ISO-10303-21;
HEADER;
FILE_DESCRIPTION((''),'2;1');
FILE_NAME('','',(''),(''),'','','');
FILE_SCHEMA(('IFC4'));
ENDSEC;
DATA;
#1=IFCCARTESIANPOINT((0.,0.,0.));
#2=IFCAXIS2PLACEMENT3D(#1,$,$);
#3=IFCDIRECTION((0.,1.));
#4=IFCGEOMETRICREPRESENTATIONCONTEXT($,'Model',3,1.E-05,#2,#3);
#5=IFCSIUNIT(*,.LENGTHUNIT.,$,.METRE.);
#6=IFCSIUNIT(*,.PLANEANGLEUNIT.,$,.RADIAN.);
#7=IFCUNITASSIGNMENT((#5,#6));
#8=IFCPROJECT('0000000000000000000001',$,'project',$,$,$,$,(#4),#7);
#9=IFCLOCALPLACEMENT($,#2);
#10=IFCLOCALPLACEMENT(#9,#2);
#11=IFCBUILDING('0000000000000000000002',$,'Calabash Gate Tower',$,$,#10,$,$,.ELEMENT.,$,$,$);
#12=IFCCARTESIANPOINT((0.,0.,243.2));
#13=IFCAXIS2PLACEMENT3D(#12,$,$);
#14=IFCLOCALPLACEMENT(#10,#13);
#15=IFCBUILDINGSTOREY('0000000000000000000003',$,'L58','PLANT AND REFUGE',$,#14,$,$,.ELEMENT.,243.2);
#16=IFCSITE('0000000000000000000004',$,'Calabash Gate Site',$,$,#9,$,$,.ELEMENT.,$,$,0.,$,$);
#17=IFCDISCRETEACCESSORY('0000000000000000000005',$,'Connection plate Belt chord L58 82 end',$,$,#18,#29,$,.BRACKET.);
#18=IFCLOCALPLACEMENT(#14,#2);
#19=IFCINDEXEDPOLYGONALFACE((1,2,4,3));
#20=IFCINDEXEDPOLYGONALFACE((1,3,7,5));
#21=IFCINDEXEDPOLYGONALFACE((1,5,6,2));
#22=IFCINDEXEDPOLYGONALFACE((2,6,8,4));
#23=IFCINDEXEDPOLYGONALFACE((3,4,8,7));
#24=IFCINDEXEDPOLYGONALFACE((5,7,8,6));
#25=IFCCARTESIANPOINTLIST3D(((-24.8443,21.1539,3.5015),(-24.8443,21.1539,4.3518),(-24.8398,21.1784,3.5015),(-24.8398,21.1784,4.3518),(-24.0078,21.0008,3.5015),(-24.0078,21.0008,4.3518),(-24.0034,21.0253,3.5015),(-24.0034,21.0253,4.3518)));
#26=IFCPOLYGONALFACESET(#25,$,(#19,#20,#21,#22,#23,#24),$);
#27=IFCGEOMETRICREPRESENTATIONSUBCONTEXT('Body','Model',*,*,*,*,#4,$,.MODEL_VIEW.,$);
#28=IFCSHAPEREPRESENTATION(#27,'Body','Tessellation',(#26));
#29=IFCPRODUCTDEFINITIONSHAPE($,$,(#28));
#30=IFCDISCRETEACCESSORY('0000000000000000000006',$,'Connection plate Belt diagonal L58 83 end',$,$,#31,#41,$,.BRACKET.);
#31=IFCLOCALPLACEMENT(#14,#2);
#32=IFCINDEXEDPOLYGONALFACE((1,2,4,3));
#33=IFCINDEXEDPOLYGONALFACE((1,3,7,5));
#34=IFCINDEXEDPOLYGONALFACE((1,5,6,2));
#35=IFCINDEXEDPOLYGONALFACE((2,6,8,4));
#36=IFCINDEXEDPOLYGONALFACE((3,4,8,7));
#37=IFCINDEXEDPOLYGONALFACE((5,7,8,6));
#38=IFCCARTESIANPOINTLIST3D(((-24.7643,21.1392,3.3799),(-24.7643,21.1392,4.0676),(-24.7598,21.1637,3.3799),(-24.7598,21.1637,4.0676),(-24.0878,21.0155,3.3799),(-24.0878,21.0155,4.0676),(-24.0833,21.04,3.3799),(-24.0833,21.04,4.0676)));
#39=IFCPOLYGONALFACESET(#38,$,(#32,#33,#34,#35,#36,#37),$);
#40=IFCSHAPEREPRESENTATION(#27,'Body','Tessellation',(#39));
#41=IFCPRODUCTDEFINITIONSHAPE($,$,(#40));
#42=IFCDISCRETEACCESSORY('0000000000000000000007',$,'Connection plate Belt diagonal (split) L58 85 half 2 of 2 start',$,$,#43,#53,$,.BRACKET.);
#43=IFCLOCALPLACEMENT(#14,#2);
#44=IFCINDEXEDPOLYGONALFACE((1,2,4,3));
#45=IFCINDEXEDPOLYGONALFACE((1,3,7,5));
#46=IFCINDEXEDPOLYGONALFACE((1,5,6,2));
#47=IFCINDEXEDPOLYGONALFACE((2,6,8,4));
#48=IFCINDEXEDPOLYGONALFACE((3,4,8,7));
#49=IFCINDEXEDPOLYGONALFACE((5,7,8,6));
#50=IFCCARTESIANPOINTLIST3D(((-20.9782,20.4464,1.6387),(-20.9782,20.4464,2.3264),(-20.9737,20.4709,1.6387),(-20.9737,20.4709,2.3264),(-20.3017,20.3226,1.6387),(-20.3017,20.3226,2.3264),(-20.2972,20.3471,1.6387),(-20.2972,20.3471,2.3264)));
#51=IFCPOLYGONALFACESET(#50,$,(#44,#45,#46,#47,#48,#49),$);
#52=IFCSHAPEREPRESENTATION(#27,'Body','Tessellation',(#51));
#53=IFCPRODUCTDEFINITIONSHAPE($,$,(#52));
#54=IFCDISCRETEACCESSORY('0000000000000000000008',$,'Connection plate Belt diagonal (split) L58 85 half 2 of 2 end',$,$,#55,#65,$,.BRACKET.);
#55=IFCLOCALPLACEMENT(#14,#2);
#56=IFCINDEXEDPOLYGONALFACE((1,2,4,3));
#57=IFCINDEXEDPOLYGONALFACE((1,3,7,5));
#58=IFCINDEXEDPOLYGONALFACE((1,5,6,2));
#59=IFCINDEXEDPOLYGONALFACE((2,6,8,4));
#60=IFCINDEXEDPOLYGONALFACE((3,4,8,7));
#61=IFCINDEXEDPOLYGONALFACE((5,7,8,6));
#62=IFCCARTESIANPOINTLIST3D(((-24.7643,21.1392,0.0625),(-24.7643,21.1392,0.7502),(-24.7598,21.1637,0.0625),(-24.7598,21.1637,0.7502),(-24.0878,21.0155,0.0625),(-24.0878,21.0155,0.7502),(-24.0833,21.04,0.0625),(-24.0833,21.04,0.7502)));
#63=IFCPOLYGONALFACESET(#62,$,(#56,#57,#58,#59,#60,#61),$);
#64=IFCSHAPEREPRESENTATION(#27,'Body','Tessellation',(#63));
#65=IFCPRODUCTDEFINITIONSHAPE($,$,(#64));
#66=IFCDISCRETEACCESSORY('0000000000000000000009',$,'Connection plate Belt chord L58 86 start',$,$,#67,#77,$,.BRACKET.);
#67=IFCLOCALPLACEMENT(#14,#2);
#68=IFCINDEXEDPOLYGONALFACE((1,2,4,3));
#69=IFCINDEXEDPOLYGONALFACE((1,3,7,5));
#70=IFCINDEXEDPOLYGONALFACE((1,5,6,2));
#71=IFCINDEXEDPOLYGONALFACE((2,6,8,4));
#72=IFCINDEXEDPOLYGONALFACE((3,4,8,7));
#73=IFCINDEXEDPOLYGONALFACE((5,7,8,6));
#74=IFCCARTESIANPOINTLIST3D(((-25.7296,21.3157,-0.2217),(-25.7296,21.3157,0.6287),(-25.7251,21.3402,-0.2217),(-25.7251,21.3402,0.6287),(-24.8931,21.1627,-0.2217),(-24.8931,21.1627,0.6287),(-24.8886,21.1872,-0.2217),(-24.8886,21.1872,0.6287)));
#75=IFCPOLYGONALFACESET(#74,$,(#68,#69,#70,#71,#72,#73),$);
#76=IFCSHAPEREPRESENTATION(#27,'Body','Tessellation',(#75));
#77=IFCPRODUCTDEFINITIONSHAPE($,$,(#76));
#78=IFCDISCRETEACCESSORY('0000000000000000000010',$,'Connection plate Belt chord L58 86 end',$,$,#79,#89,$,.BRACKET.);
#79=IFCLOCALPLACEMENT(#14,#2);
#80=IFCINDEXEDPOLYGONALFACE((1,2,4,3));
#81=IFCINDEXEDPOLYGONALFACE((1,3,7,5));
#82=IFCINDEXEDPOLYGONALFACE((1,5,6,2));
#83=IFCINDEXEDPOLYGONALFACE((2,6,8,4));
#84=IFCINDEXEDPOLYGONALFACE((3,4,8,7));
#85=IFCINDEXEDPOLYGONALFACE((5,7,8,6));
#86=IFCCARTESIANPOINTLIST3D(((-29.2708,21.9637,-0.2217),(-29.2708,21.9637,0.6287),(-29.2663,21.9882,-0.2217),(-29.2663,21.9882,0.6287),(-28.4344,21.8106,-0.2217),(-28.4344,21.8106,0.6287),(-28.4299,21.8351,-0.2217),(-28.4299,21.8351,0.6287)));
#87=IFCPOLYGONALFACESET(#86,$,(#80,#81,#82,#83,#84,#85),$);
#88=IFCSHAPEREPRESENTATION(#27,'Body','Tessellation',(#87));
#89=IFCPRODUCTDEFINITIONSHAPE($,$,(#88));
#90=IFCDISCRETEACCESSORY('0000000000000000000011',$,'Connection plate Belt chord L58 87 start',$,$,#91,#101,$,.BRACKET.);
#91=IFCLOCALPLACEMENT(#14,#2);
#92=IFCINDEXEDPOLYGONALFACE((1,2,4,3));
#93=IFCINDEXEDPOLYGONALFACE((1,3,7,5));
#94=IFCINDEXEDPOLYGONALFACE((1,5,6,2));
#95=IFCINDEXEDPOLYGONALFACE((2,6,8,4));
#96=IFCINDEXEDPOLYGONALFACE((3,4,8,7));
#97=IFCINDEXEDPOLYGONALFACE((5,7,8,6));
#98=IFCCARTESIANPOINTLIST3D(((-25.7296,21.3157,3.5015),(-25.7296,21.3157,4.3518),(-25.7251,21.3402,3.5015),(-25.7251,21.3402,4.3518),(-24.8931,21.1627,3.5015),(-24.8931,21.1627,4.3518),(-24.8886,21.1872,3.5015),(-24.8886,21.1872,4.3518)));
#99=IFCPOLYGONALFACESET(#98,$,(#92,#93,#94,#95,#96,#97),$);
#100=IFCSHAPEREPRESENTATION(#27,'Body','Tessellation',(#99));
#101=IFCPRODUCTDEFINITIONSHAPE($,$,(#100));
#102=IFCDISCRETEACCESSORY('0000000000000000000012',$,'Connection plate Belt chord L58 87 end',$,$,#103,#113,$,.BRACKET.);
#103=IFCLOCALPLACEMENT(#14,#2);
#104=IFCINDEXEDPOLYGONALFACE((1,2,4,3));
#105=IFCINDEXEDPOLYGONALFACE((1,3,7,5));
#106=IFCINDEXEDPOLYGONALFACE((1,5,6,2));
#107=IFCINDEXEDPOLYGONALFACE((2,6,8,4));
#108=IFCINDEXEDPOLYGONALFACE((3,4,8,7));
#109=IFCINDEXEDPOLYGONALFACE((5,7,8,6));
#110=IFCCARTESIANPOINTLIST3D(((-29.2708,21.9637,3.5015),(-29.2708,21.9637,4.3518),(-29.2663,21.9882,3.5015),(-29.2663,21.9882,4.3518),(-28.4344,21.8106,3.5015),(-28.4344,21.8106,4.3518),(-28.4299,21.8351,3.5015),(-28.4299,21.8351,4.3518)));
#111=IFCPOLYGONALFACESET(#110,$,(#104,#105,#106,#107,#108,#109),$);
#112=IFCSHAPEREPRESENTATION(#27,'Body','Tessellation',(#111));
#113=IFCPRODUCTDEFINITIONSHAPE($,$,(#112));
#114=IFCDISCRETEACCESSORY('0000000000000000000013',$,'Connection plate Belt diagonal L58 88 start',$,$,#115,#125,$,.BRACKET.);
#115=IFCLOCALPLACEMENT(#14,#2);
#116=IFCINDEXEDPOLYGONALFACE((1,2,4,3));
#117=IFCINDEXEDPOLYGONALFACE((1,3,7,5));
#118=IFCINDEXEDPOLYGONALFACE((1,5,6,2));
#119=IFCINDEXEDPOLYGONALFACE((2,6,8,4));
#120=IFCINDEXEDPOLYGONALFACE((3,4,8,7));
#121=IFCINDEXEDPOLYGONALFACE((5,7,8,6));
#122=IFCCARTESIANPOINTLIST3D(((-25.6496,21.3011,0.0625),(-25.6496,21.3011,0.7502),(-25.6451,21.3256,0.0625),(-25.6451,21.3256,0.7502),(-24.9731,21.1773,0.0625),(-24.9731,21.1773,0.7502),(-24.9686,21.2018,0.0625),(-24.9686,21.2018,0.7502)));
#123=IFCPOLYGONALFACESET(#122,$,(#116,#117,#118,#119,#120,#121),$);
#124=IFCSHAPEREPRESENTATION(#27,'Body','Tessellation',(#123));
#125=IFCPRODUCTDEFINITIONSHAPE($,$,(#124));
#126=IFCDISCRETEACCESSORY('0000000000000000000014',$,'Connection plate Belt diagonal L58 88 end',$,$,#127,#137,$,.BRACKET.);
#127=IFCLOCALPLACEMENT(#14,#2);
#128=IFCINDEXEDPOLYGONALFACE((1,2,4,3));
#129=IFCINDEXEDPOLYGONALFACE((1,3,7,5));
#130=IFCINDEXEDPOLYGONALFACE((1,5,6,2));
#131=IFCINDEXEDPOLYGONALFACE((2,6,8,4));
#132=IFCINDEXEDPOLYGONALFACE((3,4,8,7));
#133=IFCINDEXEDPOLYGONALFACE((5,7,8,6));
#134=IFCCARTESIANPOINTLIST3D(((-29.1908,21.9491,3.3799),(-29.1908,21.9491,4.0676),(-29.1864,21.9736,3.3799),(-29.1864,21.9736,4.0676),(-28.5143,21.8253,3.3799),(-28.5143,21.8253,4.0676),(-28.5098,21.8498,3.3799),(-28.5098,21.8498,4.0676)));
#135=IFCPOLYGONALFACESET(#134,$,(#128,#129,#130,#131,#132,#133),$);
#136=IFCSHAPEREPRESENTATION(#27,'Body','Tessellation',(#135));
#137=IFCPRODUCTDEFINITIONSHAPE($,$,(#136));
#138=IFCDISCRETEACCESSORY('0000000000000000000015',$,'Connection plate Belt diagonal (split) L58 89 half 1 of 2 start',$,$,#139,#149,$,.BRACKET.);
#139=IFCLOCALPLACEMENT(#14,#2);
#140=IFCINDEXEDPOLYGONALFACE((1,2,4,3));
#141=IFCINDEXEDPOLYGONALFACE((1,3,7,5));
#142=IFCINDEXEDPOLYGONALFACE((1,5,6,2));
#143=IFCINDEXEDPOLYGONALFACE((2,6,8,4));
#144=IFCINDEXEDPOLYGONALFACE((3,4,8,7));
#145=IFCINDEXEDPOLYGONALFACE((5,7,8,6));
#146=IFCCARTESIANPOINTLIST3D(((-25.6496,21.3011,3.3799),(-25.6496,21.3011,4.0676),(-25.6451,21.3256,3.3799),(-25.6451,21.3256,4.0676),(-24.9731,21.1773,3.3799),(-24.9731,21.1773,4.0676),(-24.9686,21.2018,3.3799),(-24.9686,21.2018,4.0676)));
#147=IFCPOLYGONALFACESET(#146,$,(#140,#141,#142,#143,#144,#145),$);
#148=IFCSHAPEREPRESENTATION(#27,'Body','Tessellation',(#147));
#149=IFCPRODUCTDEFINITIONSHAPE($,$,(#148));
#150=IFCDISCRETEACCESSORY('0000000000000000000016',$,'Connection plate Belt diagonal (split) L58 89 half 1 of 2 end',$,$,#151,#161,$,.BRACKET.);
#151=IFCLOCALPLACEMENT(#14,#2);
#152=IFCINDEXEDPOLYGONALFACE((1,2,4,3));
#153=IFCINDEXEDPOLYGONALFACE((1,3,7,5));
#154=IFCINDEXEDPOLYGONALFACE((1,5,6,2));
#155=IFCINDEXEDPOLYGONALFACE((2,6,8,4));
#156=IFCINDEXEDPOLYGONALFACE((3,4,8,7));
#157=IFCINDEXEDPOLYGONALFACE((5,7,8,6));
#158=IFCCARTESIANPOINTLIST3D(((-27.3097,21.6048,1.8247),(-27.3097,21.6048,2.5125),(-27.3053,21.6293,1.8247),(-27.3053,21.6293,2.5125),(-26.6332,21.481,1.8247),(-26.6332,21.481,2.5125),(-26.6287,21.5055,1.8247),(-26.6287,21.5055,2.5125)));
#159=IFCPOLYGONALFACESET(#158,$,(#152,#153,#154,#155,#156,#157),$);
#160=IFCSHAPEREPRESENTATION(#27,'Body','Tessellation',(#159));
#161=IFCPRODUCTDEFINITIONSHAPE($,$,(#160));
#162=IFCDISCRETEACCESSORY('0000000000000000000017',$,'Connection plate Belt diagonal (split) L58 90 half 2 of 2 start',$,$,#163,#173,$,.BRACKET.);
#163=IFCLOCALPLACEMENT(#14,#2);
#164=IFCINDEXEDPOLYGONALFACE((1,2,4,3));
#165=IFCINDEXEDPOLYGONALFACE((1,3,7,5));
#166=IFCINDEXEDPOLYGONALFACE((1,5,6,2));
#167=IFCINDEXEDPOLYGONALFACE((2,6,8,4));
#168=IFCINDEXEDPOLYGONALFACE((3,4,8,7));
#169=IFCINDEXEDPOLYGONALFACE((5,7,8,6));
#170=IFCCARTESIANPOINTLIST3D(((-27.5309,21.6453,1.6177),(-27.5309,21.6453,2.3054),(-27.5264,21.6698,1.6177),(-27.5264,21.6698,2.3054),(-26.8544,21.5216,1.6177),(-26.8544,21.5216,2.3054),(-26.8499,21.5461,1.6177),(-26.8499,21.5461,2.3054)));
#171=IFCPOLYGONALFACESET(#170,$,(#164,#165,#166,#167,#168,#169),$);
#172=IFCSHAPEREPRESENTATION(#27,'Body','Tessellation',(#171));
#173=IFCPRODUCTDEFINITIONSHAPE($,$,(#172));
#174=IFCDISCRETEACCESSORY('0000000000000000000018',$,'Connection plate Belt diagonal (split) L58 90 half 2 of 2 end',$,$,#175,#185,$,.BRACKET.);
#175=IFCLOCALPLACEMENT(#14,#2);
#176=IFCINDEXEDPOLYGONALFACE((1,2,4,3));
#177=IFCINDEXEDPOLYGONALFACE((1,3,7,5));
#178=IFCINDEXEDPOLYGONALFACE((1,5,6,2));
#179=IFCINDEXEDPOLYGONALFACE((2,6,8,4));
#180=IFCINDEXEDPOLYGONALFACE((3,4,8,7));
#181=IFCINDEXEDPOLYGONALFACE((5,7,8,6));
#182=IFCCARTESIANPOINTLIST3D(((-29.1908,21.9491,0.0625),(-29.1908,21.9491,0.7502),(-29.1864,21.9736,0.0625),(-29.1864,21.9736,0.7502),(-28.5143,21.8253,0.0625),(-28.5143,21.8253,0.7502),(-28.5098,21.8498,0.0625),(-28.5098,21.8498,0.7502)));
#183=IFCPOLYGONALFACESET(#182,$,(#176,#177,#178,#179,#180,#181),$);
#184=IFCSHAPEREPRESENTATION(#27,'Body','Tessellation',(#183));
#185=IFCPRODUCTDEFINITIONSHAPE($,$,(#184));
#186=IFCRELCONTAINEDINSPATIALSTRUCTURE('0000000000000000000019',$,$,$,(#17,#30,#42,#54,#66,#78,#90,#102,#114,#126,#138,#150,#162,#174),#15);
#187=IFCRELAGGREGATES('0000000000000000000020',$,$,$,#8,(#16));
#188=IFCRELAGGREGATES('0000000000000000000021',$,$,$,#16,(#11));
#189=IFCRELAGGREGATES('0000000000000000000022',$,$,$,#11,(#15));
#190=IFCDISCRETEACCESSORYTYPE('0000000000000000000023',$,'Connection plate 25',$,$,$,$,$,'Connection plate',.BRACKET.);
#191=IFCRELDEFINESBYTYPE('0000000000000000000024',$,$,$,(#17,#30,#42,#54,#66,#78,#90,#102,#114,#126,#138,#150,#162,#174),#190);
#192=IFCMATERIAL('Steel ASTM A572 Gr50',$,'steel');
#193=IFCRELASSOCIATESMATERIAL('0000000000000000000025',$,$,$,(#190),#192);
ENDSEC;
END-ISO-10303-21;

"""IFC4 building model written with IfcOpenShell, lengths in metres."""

from ifc_helpers import new_model, si_unit, direction, frame, origin, origin_2d, place, context, subcontext, project, spatial, rectangle, extrude, material, type_object, element, save


model = new_model("IFC4")

# Units and contexts
model_context = context("Model", 3, precision=1e-05, world=origin(), true_north=direction((0.0, 1.0)))
body_context = subcontext(model_context, "Body", "Model", "MODEL_VIEW")
ifc_project = project(units=[si_unit("LENGTHUNIT", "METRE"), si_unit("PLANEANGLEUNIT", "RADIAN")], contexts=[model_context])

# Site, building, storey
site_placement = place(None, origin())
site = spatial("IfcSite", under=ifc_project, at=site_placement, Name="Calabash Gate Site", CompositionType="ELEMENT", RefElevation=0.0)
building_placement = place(site_placement, origin())
building = spatial("IfcBuilding", under=site, at=building_placement, Name="Calabash Gate Tower", CompositionType="ELEMENT")
storey_placement = place(building_placement, frame((0.0, 0.0, 243.2)))
storey = spatial("IfcBuildingStorey", under=building, at=storey_placement, Name="L58", Description="PLANT AND REFUGE", CompositionType="ELEMENT", Elevation=243.2)

# Discrete accessories
ifc_material_1 = material(Name="Steel ASTM A572 Gr50", Category="steel")
discrete_accessory_type = type_object("IfcDiscreteAccessoryType", Name="Connection plate 25", ElementType="Connection plate", PredefinedType="BRACKET", material=ifc_material_1)
for number, where, z_axis, x_axis, name in (
    (1, (-24.4238, 21.0896, 3.5015), (0.0, 0.0, 1.0), (-0.98367, 0.179982, 0.0), "Connection plate Belt chord L58 82 end"),
):
    element("IfcDiscreteAccessory", number, at=place(storey_placement, frame(where, z_axis=z_axis, x_axis=x_axis)), inside=storey, type_object=discrete_accessory_type, Name=name, PredefinedType="BRACKET", context=body_context, shape_type="SweptSolid", body=[
        extrude(rectangle(XDim=0.8503, YDim=0.0249, at=origin_2d()), origin(), (0.0, 0.0, 1.0), 0.8503),
    ])
for number, where, z_axis, x_axis, name in (
    (2, (-24.4238, 21.0896, 3.3799), (0.0, 0.0, 1.0), (-0.98367, 0.179982, 0.0), "Connection plate Belt diagonal L58 83 end"),
    (3, (-20.6377, 20.3967, 1.6387), (0.0, 0.0, 1.0), (-0.98367, 0.179982, 0.0), "Connection plate Belt diagonal (split) L58 85 half 2 of 2 start"),
    (4, (-24.4238, 21.0896, 0.0625), (0.0, 0.0, 1.0), (-0.98367, 0.179982, 0.0), "Connection plate Belt diagonal (split) L58 85 half 2 of 2 end"),
):
    element("IfcDiscreteAccessory", number, at=place(storey_placement, frame(where, z_axis=z_axis, x_axis=x_axis)), inside=storey, type_object=discrete_accessory_type, Name=name, PredefinedType="BRACKET", context=body_context, shape_type="SweptSolid", body=[
        extrude(rectangle(XDim=0.6877, YDim=0.0249, at=origin_2d()), origin(), (0.0, 0.0, 1.0), 0.6877),
    ])
for number, where, z_axis, x_axis, name in (
    (5, (-25.3091, 21.2515, -0.2217), (0.0, 0.0, 1.0), (-0.98367, 0.179982, 0.0), "Connection plate Belt chord L58 86 start"),
    (6, (-28.8503, 21.8994, -0.2217), (0.0, 0.0, 1.0), (-0.98367, 0.179982, 0.0), "Connection plate Belt chord L58 86 end"),
    (7, (-25.3091, 21.2515, 3.5015), (0.0, 0.0, 1.0), (-0.98367, 0.179982, 0.0), "Connection plate Belt chord L58 87 start"),
    (8, (-28.8503, 21.8994, 3.5015), (0.0, 0.0, 1.0), (-0.98367, 0.179982, 0.0), "Connection plate Belt chord L58 87 end"),
):
    element("IfcDiscreteAccessory", number, at=place(storey_placement, frame(where, z_axis=z_axis, x_axis=x_axis)), inside=storey, type_object=discrete_accessory_type, Name=name, PredefinedType="BRACKET", context=body_context, shape_type="SweptSolid", body=[
        extrude(rectangle(XDim=0.8503, YDim=0.0249, at=origin_2d()), origin(), (0.0, 0.0, 1.0), 0.8503),
    ])
for number, where, z_axis, x_axis, name in (
    (9, (-25.3091, 21.2515, 0.0625), (0.0, 0.0, 1.0), (-0.98367, 0.179982, 0.0), "Connection plate Belt diagonal L58 88 start"),
    (10, (-28.8503, 21.8994, 3.3799), (0.0, 0.0, 1.0), (-0.98367, 0.179982, 0.0), "Connection plate Belt diagonal L58 88 end"),
    (11, (-25.3091, 21.2515, 3.3799), (0.0, 0.0, 1.0), (-0.98367, 0.179982, 0.0), "Connection plate Belt diagonal (split) L58 89 half 1 of 2 start"),
    (12, (-26.9692, 21.5552, 1.8247), (0.0, 0.0, 1.0), (-0.98367, 0.179982, 0.0), "Connection plate Belt diagonal (split) L58 89 half 1 of 2 end"),
    (13, (-27.1904, 21.5957, 1.6177), (0.0, 0.0, 1.0), (-0.98367, 0.179982, 0.0), "Connection plate Belt diagonal (split) L58 90 half 2 of 2 start"),
    (14, (-28.8503, 21.8994, 0.0625), (0.0, 0.0, 1.0), (-0.98367, 0.179982, 0.0), "Connection plate Belt diagonal (split) L58 90 half 2 of 2 end"),
):
    element("IfcDiscreteAccessory", number, at=place(storey_placement, frame(where, z_axis=z_axis, x_axis=x_axis)), inside=storey, type_object=discrete_accessory_type, Name=name, PredefinedType="BRACKET", context=body_context, shape_type="SweptSolid", body=[
        extrude(rectangle(XDim=0.6877, YDim=0.0249, at=origin_2d()), origin(), (0.0, 0.0, 1.0), 0.6877),
    ])

save(model, "model.ifc")
